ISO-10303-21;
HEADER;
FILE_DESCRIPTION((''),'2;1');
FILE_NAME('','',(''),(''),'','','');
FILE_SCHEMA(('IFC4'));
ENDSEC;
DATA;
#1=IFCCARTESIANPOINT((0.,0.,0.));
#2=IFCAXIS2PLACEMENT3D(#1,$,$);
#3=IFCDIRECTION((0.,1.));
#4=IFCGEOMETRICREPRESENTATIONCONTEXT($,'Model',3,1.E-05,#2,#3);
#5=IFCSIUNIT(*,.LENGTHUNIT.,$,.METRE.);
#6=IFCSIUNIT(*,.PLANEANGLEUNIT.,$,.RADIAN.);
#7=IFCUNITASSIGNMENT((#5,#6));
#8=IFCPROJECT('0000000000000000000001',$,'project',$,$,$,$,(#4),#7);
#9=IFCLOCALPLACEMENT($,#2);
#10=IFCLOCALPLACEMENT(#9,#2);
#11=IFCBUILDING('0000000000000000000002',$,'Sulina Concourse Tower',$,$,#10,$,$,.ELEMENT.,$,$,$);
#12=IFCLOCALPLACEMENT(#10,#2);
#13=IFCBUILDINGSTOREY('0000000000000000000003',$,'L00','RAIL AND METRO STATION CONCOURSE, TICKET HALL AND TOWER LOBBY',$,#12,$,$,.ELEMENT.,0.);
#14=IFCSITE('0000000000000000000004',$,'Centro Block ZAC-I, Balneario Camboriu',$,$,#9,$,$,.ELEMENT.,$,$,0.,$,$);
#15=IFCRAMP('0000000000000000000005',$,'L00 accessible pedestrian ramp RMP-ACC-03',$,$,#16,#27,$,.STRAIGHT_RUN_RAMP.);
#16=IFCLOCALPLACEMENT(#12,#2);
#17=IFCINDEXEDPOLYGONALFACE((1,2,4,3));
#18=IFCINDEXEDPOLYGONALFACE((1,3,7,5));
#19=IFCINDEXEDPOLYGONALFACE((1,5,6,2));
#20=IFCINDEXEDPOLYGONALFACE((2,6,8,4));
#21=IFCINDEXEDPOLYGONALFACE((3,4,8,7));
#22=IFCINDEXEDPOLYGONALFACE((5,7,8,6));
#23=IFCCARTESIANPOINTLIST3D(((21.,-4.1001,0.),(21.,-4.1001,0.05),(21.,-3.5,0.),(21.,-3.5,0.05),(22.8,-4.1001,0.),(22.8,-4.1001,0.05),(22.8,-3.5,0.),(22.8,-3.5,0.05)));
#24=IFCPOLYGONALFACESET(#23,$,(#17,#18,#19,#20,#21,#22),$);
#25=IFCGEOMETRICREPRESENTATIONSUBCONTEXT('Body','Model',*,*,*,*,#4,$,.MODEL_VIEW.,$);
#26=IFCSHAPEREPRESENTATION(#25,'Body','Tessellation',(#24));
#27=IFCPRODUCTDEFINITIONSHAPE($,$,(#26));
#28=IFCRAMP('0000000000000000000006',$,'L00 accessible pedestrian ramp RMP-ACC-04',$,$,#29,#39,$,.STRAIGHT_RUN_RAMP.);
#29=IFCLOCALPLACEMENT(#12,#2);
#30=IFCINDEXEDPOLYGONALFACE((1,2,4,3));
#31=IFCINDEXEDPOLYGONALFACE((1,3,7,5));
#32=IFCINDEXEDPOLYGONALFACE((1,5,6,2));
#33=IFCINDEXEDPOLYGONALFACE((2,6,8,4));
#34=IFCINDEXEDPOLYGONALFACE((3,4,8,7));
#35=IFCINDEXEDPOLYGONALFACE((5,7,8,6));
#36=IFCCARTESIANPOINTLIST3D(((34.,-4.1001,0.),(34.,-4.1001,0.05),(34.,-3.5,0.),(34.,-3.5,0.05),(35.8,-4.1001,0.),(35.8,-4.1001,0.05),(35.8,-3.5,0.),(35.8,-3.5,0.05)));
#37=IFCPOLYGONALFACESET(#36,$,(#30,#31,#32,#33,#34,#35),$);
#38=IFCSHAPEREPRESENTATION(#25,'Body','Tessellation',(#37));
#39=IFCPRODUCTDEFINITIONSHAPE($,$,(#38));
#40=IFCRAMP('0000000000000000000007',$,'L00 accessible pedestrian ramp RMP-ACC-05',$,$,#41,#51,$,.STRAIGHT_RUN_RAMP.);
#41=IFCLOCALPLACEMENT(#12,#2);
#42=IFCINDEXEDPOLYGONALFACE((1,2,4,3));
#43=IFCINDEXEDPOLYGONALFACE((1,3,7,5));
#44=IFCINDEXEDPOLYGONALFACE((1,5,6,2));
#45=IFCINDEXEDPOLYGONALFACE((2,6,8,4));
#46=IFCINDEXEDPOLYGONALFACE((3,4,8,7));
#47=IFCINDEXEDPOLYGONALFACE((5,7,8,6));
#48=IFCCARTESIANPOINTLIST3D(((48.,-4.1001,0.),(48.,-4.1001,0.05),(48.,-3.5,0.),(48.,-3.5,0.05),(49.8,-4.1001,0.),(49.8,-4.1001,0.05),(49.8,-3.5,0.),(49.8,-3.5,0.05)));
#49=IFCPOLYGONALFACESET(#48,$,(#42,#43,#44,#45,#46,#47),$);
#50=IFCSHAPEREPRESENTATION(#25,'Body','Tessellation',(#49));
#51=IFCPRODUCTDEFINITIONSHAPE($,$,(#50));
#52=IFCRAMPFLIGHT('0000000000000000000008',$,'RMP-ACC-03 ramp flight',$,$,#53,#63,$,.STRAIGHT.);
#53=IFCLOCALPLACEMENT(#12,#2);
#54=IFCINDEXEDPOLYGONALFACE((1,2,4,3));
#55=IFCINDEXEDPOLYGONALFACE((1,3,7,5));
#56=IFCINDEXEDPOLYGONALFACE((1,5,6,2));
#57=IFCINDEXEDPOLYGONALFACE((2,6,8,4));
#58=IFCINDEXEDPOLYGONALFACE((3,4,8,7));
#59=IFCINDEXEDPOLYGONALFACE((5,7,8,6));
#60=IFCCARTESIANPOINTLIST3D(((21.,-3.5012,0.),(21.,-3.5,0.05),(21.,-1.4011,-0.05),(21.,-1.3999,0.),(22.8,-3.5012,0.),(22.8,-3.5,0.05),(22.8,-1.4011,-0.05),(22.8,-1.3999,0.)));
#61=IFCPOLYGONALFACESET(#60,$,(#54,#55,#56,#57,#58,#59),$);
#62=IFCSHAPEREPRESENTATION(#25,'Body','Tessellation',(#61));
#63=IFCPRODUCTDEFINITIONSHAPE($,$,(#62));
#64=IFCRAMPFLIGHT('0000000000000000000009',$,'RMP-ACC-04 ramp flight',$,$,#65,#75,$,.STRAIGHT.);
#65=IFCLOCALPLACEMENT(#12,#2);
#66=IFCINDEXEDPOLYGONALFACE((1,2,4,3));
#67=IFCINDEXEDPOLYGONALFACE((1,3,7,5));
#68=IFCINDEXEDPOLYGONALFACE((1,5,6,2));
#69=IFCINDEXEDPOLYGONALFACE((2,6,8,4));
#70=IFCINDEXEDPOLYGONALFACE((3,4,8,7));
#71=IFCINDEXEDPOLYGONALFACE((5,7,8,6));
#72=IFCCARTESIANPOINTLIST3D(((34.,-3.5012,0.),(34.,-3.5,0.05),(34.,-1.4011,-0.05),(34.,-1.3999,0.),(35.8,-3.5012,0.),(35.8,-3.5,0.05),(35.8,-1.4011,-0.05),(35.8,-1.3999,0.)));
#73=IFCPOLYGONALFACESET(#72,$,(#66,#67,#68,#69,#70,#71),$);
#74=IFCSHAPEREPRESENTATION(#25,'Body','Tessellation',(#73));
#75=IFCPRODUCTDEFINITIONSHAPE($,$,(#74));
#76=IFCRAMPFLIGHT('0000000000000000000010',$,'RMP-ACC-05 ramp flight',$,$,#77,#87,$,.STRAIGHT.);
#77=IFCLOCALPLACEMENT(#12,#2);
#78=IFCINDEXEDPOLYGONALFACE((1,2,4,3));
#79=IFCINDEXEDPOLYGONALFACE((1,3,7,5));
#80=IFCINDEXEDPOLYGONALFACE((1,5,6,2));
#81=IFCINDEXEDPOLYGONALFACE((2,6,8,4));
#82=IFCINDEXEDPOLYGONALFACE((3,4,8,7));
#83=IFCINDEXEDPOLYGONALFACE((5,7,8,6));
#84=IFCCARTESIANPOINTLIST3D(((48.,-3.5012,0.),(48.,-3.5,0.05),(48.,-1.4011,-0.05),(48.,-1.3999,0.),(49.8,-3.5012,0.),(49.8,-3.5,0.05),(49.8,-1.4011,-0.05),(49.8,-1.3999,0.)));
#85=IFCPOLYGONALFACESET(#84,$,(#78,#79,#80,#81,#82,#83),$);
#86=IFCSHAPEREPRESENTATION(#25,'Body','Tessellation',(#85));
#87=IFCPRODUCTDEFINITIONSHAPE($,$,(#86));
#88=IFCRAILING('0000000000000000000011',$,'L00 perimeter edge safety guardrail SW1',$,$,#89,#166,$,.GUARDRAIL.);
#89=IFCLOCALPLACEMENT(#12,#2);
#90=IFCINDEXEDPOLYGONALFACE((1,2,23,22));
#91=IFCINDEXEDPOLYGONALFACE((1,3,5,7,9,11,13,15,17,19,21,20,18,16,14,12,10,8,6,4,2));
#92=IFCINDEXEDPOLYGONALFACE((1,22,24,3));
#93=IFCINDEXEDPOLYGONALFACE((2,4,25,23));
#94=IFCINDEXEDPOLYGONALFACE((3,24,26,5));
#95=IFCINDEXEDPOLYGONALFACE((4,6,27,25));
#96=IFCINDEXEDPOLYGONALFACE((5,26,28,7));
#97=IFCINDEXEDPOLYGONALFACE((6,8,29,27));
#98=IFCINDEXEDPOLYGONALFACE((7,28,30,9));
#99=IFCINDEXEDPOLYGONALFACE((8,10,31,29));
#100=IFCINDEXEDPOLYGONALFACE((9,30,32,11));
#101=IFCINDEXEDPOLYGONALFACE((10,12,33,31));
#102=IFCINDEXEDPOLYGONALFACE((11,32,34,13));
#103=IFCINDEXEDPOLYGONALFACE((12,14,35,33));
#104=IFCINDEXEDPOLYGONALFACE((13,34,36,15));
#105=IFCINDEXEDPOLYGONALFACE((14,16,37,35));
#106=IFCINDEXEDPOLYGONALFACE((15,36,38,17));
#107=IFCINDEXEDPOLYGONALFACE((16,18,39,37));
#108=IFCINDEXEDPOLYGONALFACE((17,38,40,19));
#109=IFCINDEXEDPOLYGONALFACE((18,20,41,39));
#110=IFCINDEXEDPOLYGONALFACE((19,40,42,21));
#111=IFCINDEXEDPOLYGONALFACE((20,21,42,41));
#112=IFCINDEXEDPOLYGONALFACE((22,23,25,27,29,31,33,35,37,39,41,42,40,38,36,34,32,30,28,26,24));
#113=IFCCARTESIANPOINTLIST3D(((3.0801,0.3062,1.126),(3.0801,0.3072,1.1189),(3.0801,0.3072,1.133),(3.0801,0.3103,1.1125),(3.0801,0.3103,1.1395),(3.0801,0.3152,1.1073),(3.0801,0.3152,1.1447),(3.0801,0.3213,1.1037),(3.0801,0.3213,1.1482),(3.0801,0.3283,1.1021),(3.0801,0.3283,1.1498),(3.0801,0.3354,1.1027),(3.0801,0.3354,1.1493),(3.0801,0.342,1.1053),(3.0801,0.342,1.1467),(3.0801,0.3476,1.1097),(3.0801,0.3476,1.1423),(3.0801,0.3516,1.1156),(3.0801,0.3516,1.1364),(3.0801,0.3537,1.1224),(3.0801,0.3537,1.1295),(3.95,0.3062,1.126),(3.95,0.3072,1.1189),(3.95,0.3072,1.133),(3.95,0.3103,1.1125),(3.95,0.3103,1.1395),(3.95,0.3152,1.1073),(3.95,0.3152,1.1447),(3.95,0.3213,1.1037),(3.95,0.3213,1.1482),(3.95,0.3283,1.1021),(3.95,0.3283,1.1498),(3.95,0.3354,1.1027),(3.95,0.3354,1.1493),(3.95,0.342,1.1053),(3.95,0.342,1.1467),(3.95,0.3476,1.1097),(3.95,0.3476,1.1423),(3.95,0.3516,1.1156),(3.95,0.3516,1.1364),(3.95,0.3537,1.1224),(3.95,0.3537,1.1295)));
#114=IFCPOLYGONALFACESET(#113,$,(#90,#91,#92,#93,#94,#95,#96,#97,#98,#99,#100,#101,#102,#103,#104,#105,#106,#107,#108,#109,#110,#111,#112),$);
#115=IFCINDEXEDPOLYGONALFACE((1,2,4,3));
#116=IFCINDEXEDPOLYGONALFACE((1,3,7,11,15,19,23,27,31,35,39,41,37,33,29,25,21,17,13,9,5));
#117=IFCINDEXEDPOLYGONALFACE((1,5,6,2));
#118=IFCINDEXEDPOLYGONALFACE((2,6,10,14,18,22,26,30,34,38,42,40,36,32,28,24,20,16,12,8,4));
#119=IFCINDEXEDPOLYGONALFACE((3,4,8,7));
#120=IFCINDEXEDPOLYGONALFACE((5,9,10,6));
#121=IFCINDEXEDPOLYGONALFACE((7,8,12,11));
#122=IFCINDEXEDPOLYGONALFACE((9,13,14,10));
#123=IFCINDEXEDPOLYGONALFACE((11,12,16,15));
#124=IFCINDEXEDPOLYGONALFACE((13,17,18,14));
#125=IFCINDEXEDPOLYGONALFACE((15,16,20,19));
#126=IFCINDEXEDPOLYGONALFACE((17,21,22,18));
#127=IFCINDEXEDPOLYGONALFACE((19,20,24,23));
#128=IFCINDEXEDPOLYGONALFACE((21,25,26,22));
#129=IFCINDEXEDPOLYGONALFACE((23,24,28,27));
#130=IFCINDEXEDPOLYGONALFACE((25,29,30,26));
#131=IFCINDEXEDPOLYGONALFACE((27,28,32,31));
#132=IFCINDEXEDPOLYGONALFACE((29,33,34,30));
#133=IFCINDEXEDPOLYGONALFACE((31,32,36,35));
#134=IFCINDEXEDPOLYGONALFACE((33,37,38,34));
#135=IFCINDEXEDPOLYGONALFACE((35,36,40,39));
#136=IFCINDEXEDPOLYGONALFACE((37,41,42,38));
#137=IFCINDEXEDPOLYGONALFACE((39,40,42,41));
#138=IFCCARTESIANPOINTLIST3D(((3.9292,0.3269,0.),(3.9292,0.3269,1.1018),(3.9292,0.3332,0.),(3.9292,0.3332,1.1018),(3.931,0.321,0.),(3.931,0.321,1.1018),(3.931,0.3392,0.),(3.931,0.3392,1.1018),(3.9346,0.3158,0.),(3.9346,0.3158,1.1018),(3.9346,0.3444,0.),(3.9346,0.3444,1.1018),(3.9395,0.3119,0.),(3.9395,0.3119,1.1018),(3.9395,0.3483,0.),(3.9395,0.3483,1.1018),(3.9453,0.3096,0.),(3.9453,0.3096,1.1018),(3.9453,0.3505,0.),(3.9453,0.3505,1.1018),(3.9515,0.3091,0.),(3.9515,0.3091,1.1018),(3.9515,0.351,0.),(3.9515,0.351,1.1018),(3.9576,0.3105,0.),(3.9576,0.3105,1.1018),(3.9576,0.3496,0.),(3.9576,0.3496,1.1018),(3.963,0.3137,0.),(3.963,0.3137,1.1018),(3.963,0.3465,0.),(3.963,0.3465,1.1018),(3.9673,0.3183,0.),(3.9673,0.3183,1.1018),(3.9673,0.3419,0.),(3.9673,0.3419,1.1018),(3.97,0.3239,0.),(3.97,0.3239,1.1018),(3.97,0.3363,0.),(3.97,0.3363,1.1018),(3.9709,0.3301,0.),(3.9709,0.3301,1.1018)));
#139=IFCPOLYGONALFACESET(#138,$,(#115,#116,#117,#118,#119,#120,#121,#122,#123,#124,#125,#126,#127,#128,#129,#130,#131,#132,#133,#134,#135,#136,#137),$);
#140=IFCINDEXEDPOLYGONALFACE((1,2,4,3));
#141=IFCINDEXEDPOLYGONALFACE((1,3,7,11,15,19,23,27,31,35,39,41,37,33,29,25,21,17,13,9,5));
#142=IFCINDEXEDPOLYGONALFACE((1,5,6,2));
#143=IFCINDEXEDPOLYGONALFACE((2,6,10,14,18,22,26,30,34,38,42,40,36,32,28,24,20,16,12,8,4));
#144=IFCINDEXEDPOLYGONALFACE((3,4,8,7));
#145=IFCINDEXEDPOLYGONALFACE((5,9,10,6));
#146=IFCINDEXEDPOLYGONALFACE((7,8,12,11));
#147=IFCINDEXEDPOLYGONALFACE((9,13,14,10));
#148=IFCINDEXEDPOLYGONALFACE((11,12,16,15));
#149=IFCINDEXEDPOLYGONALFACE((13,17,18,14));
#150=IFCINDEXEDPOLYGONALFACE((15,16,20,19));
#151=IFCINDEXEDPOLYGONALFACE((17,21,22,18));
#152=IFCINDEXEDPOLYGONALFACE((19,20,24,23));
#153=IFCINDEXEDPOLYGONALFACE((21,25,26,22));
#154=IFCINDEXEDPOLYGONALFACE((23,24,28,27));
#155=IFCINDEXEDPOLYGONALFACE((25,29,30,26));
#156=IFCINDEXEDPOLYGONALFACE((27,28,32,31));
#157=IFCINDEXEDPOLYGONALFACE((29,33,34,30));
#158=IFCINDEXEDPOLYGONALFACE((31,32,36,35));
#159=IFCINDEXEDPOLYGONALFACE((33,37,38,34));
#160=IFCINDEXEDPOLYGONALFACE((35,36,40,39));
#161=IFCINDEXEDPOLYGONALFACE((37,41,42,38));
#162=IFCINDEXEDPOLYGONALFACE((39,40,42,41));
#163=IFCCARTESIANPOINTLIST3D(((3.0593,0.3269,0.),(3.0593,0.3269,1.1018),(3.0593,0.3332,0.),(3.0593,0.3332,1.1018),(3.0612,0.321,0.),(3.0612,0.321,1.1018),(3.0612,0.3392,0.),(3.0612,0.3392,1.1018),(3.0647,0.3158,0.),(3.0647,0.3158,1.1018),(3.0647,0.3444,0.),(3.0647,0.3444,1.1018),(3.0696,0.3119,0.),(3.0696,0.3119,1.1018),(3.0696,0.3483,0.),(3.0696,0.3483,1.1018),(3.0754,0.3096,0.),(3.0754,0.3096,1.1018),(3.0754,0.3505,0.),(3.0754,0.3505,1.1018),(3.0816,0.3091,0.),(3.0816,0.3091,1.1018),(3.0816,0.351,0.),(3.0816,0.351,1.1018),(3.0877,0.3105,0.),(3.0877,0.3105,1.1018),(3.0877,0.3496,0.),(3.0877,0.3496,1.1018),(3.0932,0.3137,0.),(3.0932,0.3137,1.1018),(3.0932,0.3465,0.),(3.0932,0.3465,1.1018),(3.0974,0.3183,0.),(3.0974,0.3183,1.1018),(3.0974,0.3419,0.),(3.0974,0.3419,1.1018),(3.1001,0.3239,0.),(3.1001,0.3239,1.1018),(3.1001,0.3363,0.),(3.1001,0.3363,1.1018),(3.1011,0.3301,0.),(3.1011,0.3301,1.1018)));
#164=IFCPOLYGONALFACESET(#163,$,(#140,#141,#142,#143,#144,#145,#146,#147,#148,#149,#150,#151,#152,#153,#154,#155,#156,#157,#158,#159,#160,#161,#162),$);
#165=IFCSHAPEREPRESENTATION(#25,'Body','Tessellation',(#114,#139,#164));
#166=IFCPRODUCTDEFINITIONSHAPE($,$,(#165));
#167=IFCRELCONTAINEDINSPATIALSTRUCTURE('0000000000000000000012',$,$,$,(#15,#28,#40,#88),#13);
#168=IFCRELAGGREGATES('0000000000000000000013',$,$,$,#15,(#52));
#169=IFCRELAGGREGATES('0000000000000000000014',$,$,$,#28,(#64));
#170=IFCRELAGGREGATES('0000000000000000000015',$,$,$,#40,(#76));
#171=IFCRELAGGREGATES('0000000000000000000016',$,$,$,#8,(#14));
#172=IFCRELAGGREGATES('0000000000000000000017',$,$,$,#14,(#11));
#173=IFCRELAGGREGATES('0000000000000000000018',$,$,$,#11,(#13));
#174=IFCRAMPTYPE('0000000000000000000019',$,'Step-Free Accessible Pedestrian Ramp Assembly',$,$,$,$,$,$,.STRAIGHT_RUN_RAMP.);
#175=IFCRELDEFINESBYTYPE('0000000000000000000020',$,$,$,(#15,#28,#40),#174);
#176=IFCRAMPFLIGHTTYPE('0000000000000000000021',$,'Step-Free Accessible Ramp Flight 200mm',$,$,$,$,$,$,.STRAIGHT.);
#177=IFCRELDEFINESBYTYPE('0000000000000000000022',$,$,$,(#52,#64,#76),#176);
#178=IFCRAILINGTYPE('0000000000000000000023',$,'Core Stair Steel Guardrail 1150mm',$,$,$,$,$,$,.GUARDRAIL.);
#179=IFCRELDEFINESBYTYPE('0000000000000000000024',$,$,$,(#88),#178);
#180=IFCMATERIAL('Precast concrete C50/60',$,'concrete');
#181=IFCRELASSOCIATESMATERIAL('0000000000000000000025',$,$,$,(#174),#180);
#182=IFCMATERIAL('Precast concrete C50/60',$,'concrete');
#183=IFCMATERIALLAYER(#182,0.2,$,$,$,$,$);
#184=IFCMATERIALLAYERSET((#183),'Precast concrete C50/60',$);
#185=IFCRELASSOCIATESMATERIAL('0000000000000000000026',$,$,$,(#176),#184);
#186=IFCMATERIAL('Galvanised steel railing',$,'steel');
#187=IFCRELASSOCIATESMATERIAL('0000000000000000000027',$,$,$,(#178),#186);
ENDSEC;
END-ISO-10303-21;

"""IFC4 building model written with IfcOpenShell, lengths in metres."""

from ifc_helpers import new_model, si_unit, direction, frame, origin, origin_2d, place, context, subcontext, project, spatial, polyline, circle, outline, extrude, material, layer, layer_set, type_object, element, aggregate, save


model = new_model("IFC4")

# Units and contexts
model_context = context("Model", 3, precision=1e-05, world=origin(), true_north=direction((0.0, 1.0)))
body_context = subcontext(model_context, "Body", "Model", "MODEL_VIEW")
ifc_project = project(units=[si_unit("LENGTHUNIT", "METRE"), si_unit("PLANEANGLEUNIT", "RADIAN")], contexts=[model_context])

# Site, building, storey
site_placement = place(None, origin())
site = spatial("IfcSite", under=ifc_project, at=site_placement, Name="Centro Block ZAC-I, Balneario Camboriu", CompositionType="ELEMENT", RefElevation=0.0)
building_placement = place(site_placement, origin())
building = spatial("IfcBuilding", under=site, at=building_placement, Name="Sulina Concourse Tower", CompositionType="ELEMENT")
storey_placement = place(building_placement, origin())
storey = spatial("IfcBuildingStorey", under=building, at=storey_placement, Name="L00", Description="RAIL AND METRO STATION CONCOURSE, TICKET HALL AND TOWER LOBBY", CompositionType="ELEMENT", Elevation=0.0)

# Ramps
ifc_material_1 = material(Name="Precast concrete C50/60", Category="concrete")
ramp_type = type_object("IfcRampType", Name="Step-Free Accessible Pedestrian Ramp Assembly", PredefinedType="STRAIGHT_RUN_RAMP", material=ifc_material_1)
ramp_1_placement = place(storey_placement, origin())
ramp_1 = element("IfcRamp", 1, at=ramp_1_placement, inside=storey, type_object=ramp_type, Name="L00 accessible pedestrian ramp RMP-ACC-03", PredefinedType="STRAIGHT_RUN_RAMP", context=body_context, shape_type="SweptSolid", body=[
    extrude(outline(polyline([(21.0, -4.1001), (22.8, -4.1001), (22.8, -3.5), (21.0, -3.5), (21.0, -4.1001)])), origin(), (0.0, 0.0, 1.0), 0.05),
])
ramp_2_placement = place(storey_placement, origin())
ramp_2 = element("IfcRamp", 2, at=ramp_2_placement, inside=storey, type_object=ramp_type, Name="L00 accessible pedestrian ramp RMP-ACC-04", PredefinedType="STRAIGHT_RUN_RAMP", context=body_context, shape_type="SweptSolid", body=[
    extrude(outline(polyline([(34.0, -4.1001), (35.8, -4.1001), (35.8, -3.5), (34.0, -3.5), (34.0, -4.1001)])), origin(), (0.0, 0.0, 1.0), 0.05),
])
ramp_3_placement = place(storey_placement, origin())
ramp_3 = element("IfcRamp", 3, at=ramp_3_placement, inside=storey, type_object=ramp_type, Name="L00 accessible pedestrian ramp RMP-ACC-05", PredefinedType="STRAIGHT_RUN_RAMP", context=body_context, shape_type="SweptSolid", body=[
    extrude(outline(polyline([(48.0, -4.1001), (49.8, -4.1001), (49.8, -3.5), (48.0, -3.5), (48.0, -4.1001)])), origin(), (0.0, 0.0, 1.0), 0.05),
])

# Ramp flights
ifc_material_2 = material(Name="Precast concrete C50/60", Category="concrete")
ifc_layer_1 = layer(ifc_material_2, 0.2)
ifc_layer_set_1 = layer_set([ifc_layer_1], Name="Precast concrete C50/60")
ramp_flight_type = type_object("IfcRampFlightType", Name="Step-Free Accessible Ramp Flight 200mm", PredefinedType="STRAIGHT", material=ifc_layer_set_1)
ramp_flight_1_placement = place(storey_placement, frame((21.0, -3.5, 0.05), z_axis=(0.0, 0.023825, 0.999716), x_axis=(1.0, 0.0, 0.0)))
ramp_flight_1 = element("IfcRampFlight", 4, at=ramp_flight_1_placement, type_object=ramp_flight_type, Name="RMP-ACC-03 ramp flight", PredefinedType="STRAIGHT", context=body_context, shape_type="SweptSolid", body=[
    extrude(outline(polyline([(0.0, 0.0), (1.8, 0.0), (1.8, 2.1007), (0.0, 2.1007), (0.0, 0.0)])), origin(), (0.0, 0.0, -1.0), 0.05),
])
aggregate(ramp_1, [ramp_flight_1])
ramp_flight_2_placement = place(storey_placement, frame((34.0, -3.5, 0.05), z_axis=(0.0, 0.023825, 0.999716), x_axis=(1.0, 0.0, 0.0)))
ramp_flight_2 = element("IfcRampFlight", 5, at=ramp_flight_2_placement, type_object=ramp_flight_type, Name="RMP-ACC-04 ramp flight", PredefinedType="STRAIGHT", context=body_context, shape_type="SweptSolid", body=[
    extrude(outline(polyline([(0.0, 0.0), (1.8, 0.0), (1.8, 2.1007), (0.0, 2.1007), (0.0, 0.0)])), origin(), (0.0, 0.0, -1.0), 0.05),
])
aggregate(ramp_2, [ramp_flight_2])
ramp_flight_3_placement = place(storey_placement, frame((48.0, -3.5, 0.05), z_axis=(0.0, 0.023825, 0.999716), x_axis=(1.0, 0.0, 0.0)))
ramp_flight_3 = element("IfcRampFlight", 6, at=ramp_flight_3_placement, type_object=ramp_flight_type, Name="RMP-ACC-05 ramp flight", PredefinedType="STRAIGHT", context=body_context, shape_type="SweptSolid", body=[
    extrude(outline(polyline([(0.0, 0.0), (1.8, 0.0), (1.8, 2.1007), (0.0, 2.1007), (0.0, 0.0)])), origin(), (0.0, 0.0, -1.0), 0.05),
])
aggregate(ramp_3, [ramp_flight_3])

# Railing
ifc_material_3 = material(Name="Galvanised steel railing", Category="steel")
railing_type = type_object("IfcRailingType", Name="Core Stair Steel Guardrail 1150mm", PredefinedType="GUARDRAIL", material=ifc_material_3)
railing_1_placement = place(storey_placement, frame((3.95, 0.3301, 0.0)))
element("IfcRailing", 7, at=railing_1_placement, inside=storey, type_object=railing_type, Name="L00 perimeter edge safety guardrail SW1", PredefinedType="GUARDRAIL", context=body_context, shape_type="SweptSolid", body=[
    extrude(circle(Radius=0.0239, at=origin_2d()), frame((0.0, 0.0, 1.126), z_axis=(-1.0, 0.0, 0.0), x_axis=(0.0, -1.0, 0.0)), (0.0, 0.0, 1.0), 0.8699),
    extrude(circle(Radius=0.021, at=origin_2d()), origin(), (0.0, 0.0, 1.0), 1.1018),
    extrude(circle(Radius=0.021, at=origin_2d()), frame((-0.8699, 0.0, 0.0)), (0.0, 0.0, 1.0), 1.1018),
])

save(model, "model.ifc")
